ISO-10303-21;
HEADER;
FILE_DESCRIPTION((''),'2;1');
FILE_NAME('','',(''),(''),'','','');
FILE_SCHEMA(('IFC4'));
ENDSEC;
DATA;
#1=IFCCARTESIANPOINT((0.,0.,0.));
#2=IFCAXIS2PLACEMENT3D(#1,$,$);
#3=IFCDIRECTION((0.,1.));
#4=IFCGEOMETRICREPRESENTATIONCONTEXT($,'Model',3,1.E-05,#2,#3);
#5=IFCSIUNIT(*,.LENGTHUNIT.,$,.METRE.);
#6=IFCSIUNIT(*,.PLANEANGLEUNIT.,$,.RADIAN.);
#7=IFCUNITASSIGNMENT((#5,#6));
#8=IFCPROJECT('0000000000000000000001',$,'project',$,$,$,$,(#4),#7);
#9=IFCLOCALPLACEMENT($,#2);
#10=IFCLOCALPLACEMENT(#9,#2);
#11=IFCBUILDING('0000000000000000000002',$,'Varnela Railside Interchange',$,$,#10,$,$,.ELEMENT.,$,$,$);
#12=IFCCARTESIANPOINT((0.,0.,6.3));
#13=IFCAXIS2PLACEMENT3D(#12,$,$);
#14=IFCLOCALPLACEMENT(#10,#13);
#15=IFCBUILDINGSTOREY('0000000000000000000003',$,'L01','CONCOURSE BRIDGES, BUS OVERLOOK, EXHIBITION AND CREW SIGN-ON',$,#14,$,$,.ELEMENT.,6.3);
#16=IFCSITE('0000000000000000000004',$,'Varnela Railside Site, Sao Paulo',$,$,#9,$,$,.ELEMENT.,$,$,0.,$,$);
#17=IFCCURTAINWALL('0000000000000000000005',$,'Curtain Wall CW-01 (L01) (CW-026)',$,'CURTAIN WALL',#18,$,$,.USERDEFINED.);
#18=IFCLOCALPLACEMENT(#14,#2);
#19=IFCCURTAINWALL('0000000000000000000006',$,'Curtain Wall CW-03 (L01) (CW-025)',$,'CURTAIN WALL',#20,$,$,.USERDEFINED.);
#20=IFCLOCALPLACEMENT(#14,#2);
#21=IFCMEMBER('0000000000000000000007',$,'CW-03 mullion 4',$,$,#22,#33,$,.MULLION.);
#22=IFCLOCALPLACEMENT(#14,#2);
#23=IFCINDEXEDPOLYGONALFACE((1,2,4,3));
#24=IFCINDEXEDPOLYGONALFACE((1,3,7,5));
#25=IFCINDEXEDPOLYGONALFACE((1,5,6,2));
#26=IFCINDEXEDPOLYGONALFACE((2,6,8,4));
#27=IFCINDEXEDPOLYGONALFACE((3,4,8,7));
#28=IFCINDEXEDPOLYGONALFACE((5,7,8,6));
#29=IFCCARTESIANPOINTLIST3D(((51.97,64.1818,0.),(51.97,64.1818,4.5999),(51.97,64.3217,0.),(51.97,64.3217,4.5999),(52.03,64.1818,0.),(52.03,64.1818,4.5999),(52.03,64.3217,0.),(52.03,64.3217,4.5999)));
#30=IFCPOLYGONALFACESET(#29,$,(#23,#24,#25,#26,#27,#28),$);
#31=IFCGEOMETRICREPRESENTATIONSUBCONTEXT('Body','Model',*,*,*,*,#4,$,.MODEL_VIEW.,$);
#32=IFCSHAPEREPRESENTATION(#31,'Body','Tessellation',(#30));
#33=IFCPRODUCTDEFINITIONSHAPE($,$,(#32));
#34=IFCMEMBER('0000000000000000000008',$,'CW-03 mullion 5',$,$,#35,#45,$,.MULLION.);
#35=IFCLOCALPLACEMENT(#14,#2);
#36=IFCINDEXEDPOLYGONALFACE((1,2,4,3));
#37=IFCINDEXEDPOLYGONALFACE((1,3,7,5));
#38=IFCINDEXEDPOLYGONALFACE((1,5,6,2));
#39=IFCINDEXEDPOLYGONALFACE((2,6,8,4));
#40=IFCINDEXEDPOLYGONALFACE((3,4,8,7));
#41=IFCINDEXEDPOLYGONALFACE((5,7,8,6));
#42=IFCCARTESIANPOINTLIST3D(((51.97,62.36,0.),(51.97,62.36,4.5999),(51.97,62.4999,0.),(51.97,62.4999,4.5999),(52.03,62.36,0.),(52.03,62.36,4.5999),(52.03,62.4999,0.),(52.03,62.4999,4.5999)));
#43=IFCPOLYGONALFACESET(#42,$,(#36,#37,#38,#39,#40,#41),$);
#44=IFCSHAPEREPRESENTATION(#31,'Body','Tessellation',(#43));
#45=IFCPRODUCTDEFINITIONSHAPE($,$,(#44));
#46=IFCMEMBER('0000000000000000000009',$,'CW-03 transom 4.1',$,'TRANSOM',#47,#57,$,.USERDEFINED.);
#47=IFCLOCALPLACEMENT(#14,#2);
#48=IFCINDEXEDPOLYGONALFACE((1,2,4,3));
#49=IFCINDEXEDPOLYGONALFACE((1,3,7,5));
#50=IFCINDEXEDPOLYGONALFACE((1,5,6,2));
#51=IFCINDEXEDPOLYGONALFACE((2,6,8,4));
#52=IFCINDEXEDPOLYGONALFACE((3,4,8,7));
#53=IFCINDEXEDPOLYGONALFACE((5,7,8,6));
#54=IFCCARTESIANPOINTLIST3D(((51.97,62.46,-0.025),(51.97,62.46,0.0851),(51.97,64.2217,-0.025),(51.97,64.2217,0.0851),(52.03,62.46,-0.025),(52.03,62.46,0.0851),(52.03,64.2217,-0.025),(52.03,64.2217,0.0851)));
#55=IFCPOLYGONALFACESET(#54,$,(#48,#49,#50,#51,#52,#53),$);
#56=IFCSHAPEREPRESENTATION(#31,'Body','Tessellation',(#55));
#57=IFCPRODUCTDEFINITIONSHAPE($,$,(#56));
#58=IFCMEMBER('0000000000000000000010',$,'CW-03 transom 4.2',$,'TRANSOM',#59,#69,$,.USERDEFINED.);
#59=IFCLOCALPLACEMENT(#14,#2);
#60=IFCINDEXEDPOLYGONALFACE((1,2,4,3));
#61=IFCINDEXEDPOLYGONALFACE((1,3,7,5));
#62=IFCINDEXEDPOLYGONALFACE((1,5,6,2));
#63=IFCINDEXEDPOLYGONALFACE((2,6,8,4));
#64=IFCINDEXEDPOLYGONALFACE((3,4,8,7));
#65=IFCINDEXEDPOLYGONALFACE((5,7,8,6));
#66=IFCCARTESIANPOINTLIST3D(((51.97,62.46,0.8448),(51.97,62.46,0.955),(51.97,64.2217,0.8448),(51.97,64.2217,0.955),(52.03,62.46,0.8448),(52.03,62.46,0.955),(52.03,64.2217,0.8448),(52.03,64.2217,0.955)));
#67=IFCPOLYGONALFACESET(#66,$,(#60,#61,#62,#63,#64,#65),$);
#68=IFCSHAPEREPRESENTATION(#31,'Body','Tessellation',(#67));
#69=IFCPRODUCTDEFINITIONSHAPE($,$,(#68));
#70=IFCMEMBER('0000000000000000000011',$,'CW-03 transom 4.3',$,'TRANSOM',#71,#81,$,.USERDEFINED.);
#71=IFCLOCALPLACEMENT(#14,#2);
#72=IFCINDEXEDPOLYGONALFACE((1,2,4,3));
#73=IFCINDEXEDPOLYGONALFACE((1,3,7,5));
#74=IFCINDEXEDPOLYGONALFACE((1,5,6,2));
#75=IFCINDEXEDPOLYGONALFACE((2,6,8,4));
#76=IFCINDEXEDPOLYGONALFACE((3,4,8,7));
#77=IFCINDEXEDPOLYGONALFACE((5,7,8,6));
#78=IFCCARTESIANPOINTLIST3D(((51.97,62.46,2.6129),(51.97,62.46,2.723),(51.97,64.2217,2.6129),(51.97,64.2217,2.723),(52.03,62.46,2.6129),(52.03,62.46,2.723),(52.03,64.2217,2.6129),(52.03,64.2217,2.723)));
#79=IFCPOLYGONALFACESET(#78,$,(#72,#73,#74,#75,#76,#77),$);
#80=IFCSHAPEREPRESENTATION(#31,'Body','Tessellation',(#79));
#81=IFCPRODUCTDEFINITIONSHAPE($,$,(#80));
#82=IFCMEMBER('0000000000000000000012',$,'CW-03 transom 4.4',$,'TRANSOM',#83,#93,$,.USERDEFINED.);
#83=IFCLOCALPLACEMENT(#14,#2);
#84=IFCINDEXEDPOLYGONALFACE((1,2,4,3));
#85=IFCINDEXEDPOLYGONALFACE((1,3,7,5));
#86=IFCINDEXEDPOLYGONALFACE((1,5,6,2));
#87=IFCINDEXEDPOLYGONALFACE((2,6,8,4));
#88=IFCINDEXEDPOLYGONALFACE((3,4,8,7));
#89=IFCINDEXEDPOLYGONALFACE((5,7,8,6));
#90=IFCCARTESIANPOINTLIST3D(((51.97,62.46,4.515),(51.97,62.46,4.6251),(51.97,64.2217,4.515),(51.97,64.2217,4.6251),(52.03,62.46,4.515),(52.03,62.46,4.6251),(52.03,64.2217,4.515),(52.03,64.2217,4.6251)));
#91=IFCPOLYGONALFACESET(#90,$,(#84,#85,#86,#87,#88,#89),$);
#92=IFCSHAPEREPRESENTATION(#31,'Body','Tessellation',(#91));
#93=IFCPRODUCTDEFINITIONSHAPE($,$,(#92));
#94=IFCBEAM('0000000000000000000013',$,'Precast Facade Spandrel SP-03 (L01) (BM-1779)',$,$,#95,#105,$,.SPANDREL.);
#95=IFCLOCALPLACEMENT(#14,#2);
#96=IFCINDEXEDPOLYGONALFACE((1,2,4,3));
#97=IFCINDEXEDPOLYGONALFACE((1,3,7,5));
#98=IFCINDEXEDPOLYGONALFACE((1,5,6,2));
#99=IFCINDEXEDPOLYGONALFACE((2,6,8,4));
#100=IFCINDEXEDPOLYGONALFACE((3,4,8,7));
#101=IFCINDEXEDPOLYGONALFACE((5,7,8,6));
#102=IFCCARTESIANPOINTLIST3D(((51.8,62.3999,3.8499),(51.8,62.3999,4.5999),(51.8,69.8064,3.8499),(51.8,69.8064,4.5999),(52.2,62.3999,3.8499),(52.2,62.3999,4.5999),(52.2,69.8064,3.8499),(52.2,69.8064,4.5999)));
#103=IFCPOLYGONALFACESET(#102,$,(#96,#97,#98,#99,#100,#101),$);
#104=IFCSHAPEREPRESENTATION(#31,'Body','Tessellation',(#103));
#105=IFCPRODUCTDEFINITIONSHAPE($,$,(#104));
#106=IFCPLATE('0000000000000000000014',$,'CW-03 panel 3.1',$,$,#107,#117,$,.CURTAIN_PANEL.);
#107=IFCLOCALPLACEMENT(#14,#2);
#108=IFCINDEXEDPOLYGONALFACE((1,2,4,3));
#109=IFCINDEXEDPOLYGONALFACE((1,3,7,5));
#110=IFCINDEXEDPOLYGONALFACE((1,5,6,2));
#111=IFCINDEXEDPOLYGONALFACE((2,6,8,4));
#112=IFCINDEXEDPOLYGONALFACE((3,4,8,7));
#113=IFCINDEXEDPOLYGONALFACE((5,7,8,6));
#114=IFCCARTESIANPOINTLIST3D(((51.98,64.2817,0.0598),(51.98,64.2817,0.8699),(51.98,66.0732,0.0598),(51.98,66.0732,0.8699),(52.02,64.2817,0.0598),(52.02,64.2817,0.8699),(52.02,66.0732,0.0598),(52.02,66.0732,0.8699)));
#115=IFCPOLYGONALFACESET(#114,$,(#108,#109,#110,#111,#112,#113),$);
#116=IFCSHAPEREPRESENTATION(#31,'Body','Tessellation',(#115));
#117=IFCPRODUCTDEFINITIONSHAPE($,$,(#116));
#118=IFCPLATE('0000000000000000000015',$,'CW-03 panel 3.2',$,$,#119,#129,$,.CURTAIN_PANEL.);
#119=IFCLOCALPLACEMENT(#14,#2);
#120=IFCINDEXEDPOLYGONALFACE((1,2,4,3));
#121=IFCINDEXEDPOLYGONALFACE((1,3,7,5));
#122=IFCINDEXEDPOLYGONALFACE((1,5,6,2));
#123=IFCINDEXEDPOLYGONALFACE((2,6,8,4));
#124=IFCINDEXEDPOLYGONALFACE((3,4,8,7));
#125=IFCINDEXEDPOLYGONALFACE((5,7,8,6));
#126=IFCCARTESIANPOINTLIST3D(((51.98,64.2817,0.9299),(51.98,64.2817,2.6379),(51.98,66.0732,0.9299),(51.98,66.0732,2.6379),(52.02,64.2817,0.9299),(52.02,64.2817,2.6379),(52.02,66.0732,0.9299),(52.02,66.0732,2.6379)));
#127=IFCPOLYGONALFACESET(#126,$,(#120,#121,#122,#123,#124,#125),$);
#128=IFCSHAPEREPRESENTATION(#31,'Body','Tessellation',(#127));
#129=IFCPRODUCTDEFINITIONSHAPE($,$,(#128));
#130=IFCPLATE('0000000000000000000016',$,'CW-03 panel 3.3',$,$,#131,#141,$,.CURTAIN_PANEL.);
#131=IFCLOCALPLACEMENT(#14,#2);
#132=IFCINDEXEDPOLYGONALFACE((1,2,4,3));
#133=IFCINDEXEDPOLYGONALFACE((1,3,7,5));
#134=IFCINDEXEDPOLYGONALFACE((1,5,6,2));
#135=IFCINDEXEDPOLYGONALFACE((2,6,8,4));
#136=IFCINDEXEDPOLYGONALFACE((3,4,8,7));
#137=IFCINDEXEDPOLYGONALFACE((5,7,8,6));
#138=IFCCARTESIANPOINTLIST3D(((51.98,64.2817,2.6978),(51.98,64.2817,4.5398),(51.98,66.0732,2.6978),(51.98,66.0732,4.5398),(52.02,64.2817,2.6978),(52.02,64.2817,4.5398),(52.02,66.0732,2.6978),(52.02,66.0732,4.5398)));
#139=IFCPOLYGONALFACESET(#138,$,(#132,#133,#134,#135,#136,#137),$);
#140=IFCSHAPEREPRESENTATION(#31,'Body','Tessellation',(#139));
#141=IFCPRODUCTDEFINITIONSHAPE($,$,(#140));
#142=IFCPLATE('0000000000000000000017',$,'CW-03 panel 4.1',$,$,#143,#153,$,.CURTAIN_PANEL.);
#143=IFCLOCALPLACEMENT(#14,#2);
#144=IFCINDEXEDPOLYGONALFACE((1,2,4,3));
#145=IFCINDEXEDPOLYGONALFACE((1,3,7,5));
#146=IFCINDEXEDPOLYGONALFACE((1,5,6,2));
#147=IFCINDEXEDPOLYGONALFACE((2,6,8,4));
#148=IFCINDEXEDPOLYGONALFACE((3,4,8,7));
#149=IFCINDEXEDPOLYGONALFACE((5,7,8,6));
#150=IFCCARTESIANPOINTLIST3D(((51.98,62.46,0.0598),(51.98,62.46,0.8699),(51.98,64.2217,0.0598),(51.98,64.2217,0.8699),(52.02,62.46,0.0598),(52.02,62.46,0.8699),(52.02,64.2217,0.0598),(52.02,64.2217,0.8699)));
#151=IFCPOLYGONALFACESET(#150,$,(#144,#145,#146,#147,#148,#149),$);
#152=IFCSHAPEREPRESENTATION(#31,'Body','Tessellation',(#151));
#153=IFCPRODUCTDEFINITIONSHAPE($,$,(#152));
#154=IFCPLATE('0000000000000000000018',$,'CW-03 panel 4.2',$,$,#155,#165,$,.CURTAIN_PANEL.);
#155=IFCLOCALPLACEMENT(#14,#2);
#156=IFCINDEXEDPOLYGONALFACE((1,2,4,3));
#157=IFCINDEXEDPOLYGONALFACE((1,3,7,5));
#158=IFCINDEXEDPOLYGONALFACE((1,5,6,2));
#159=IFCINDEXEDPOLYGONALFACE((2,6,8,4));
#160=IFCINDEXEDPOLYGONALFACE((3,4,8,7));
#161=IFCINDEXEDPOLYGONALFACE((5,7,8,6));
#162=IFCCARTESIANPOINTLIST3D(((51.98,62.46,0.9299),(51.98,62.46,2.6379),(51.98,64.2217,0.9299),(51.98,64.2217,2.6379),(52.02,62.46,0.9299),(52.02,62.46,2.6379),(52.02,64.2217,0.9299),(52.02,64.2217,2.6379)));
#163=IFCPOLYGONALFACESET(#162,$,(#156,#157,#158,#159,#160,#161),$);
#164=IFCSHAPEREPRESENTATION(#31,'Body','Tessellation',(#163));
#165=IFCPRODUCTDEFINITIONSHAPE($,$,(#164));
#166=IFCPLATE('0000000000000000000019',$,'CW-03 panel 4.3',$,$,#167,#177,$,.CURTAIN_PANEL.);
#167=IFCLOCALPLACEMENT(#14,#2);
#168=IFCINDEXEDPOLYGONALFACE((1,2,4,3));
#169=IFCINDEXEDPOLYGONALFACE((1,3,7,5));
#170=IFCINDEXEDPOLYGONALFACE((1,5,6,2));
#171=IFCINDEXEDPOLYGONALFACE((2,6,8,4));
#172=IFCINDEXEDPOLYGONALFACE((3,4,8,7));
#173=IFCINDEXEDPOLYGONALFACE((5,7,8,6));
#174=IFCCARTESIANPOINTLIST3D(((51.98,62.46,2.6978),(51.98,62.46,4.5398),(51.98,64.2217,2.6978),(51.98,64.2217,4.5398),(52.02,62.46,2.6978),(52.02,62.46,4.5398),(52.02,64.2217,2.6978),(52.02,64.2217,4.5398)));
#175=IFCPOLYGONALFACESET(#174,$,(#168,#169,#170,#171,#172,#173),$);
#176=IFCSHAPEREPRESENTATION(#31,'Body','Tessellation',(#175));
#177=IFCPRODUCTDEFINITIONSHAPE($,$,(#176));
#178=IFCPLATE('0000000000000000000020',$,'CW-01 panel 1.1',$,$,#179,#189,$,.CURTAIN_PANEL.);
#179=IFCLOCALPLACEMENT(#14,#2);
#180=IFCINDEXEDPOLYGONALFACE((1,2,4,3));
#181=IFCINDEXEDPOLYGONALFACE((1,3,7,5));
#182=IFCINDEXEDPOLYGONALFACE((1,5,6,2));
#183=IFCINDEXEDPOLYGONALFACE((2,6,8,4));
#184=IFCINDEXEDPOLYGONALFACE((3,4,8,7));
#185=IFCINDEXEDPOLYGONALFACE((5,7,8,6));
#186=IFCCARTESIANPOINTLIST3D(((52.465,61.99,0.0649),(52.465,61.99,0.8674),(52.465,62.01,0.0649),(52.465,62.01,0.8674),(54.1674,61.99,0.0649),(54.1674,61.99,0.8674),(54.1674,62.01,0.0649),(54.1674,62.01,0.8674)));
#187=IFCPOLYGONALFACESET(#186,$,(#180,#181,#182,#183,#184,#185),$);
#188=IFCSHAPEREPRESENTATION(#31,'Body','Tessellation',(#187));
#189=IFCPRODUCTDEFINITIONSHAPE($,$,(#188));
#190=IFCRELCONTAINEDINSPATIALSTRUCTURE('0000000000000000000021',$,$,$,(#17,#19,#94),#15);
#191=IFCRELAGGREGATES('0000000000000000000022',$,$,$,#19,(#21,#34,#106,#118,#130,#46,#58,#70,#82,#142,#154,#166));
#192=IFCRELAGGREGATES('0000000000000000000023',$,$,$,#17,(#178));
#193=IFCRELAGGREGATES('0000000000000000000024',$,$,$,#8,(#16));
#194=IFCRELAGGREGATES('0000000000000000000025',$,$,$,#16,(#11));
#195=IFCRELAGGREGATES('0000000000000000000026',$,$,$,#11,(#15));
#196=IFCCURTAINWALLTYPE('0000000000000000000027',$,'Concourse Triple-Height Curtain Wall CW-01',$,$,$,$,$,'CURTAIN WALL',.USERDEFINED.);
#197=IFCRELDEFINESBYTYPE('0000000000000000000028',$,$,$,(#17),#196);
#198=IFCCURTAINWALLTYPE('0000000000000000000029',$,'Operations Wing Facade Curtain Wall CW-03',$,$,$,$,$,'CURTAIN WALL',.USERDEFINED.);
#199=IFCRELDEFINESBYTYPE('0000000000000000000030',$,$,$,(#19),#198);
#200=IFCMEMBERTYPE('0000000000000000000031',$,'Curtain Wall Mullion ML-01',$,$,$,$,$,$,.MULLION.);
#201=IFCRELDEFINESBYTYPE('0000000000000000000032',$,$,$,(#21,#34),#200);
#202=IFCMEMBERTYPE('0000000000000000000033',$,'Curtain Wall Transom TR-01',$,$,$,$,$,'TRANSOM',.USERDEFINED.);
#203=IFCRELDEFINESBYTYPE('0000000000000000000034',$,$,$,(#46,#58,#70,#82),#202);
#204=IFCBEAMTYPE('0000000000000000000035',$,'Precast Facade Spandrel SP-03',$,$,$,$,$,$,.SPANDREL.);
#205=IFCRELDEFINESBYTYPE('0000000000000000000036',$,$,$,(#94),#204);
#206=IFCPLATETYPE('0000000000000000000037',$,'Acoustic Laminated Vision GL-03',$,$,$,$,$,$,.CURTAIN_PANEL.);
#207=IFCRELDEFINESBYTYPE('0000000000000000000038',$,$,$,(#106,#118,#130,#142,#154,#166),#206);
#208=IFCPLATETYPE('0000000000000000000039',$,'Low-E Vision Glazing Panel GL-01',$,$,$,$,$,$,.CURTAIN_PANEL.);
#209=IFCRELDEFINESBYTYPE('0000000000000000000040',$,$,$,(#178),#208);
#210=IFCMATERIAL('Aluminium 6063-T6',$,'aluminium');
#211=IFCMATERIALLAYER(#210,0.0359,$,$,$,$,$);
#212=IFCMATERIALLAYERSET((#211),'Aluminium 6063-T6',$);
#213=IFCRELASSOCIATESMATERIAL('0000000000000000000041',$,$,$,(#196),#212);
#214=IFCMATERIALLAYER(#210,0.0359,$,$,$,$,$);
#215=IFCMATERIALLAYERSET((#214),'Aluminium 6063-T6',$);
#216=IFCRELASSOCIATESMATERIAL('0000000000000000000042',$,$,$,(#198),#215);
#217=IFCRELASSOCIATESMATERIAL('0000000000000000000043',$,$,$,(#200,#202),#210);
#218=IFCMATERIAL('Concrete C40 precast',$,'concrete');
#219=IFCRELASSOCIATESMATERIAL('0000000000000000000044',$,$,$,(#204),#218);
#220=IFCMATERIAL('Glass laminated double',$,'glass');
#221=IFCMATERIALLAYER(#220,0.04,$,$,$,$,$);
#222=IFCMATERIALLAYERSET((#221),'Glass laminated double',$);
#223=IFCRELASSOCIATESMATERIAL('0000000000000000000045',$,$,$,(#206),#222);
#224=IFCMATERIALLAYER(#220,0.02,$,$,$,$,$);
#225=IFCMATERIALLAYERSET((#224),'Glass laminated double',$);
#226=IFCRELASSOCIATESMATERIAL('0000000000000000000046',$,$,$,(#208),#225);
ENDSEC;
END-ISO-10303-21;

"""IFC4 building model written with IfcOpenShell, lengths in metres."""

from ifc_helpers import new_model, si_unit, direction, frame, origin, origin_2d, place, context, subcontext, project, spatial, rectangle, extrude, material, layer, layer_set, material_profile, profile_set, type_object, element, aggregate, save


model = new_model("IFC4")

# Units and contexts
model_context = context("Model", 3, precision=1e-05, world=origin(), true_north=direction((0.0, 1.0)))
body_context = subcontext(model_context, "Body", "Model", "MODEL_VIEW")
ifc_project = project(units=[si_unit("LENGTHUNIT", "METRE"), si_unit("PLANEANGLEUNIT", "RADIAN")], contexts=[model_context])

# Site, building, storey
site_placement = place(None, origin())
site = spatial("IfcSite", under=ifc_project, at=site_placement, Name="Varnela Railside Site, Sao Paulo", CompositionType="ELEMENT", RefElevation=0.0)
building_placement = place(site_placement, origin())
building = spatial("IfcBuilding", under=site, at=building_placement, Name="Varnela Railside Interchange", CompositionType="ELEMENT")
storey_placement = place(building_placement, frame((0.0, 0.0, 6.3)))
storey = spatial("IfcBuildingStorey", under=building, at=storey_placement, Name="L01", Description="CONCOURSE BRIDGES, BUS OVERLOOK, EXHIBITION AND CREW SIGN-ON", CompositionType="ELEMENT", Elevation=6.3)

# Curtain walls, members
ifc_material_1 = material(Name="Aluminium 6063-T6", Category="aluminium")
ifc_layer_1 = layer(ifc_material_1, 0.0359)
ifc_layer_set_1 = layer_set([ifc_layer_1], Name="Aluminium 6063-T6")
curtain_wall_type_1 = type_object("IfcCurtainWallType", Name="Concourse Triple-Height Curtain Wall CW-01", ElementType="CURTAIN WALL", PredefinedType="USERDEFINED", material=ifc_layer_set_1)
curtain_wall_1_placement = place(storey_placement, origin())
curtain_wall_1 = element("IfcCurtainWall", 1, at=curtain_wall_1_placement, inside=storey, type_object=curtain_wall_type_1, Name="Curtain Wall CW-01 (L01) (CW-026)", ObjectType="CURTAIN WALL", PredefinedType="USERDEFINED")
ifc_layer_2 = layer(ifc_material_1, 0.0359)
ifc_layer_set_2 = layer_set([ifc_layer_2], Name="Aluminium 6063-T6")
curtain_wall_type_2 = type_object("IfcCurtainWallType", Name="Operations Wing Facade Curtain Wall CW-03", ElementType="CURTAIN WALL", PredefinedType="USERDEFINED", material=ifc_layer_set_2)
curtain_wall_2_placement = place(storey_placement, origin())
curtain_wall_2 = element("IfcCurtainWall", 2, at=curtain_wall_2_placement, inside=storey, type_object=curtain_wall_type_2, Name="Curtain Wall CW-03 (L01) (CW-025)", ObjectType="CURTAIN WALL", PredefinedType="USERDEFINED")
ifc_material_profile_1 = material_profile(ifc_material_1, rectangle(XDim=0.0601, YDim=0.1399, at=origin_2d()), Name="ALU 60x140")
ifc_profile_set_1 = profile_set([ifc_material_profile_1], Name="Aluminium 6063-T6")
member_type_1 = type_object("IfcMemberType", Name="Curtain Wall Mullion ML-01", PredefinedType="MULLION", material=ifc_profile_set_1)
member_1_placement = place(storey_placement, frame((52.0, 64.2517, 0.0), z_axis=(0.0, 0.0, 1.0), x_axis=(1.0, 0.0, 0.0)))
member_1 = element("IfcMember", 3, at=member_1_placement, type_object=member_type_1, Name="CW-03 mullion 4", PredefinedType="MULLION", context=body_context, shape_type="SweptSolid", body=[
    extrude(rectangle(XDim=0.0601, YDim=0.1399, at=origin_2d()), origin(), (0.0, 0.0, 1.0), 4.5999),
])
member_2_placement = place(storey_placement, frame((52.0, 62.4299, 0.0), z_axis=(0.0, 0.0, 1.0), x_axis=(1.0, 0.0, 0.0)))
member_2 = element("IfcMember", 4, at=member_2_placement, type_object=member_type_1, Name="CW-03 mullion 5", PredefinedType="MULLION", context=body_context, shape_type="SweptSolid", body=[
    extrude(rectangle(XDim=0.0601, YDim=0.1399, at=origin_2d()), origin(), (0.0, 0.0, 1.0), 4.5999),
])
ifc_material_profile_2 = material_profile(ifc_material_1, rectangle(XDim=0.0601, YDim=0.1101, at=origin_2d()), Name="ALU 60x110")
ifc_profile_set_2 = profile_set([ifc_material_profile_2], Name="Aluminium 6063-T6")
member_type_2 = type_object("IfcMemberType", Name="Curtain Wall Transom TR-01", ElementType="TRANSOM", PredefinedType="USERDEFINED", material=ifc_profile_set_2)
member_3_placement = place(storey_placement, frame((52.0, 64.2217, 0.03), z_axis=(0.0, -1.0, 0.0), x_axis=(1.0, 0.0, 0.0)))
member_3 = element("IfcMember", 5, at=member_3_placement, type_object=member_type_2, Name="CW-03 transom 4.1", ObjectType="TRANSOM", PredefinedType="USERDEFINED", context=body_context, shape_type="SweptSolid", body=[
    extrude(rectangle(XDim=0.0601, YDim=0.1101, at=origin_2d()), origin(), (0.0, 0.0, 1.0), 1.7617),
])
member_4_placement = place(storey_placement, frame((52.0, 64.2217, 0.8999), z_axis=(0.0, -1.0, 0.0), x_axis=(1.0, 0.0, 0.0)))
member_4 = element("IfcMember", 6, at=member_4_placement, type_object=member_type_2, Name="CW-03 transom 4.2", ObjectType="TRANSOM", PredefinedType="USERDEFINED", context=body_context, shape_type="SweptSolid", body=[
    extrude(rectangle(XDim=0.0601, YDim=0.1101, at=origin_2d()), origin(), (0.0, 0.0, 1.0), 1.7617),
])
member_5_placement = place(storey_placement, frame((52.0, 64.2217, 2.668), z_axis=(0.0, -1.0, 0.0), x_axis=(1.0, 0.0, 0.0)))
member_5 = element("IfcMember", 7, at=member_5_placement, type_object=member_type_2, Name="CW-03 transom 4.3", ObjectType="TRANSOM", PredefinedType="USERDEFINED", context=body_context, shape_type="SweptSolid", body=[
    extrude(rectangle(XDim=0.0601, YDim=0.1101, at=origin_2d()), origin(), (0.0, 0.0, 1.0), 1.7617),
])
member_6_placement = place(storey_placement, frame((52.0, 64.2217, 4.5701), z_axis=(0.0, -1.0, 0.0), x_axis=(1.0, 0.0, 0.0)))
member_6 = element("IfcMember", 8, at=member_6_placement, type_object=member_type_2, Name="CW-03 transom 4.4", ObjectType="TRANSOM", PredefinedType="USERDEFINED", context=body_context, shape_type="SweptSolid", body=[
    extrude(rectangle(XDim=0.0601, YDim=0.1101, at=origin_2d()), origin(), (0.0, 0.0, 1.0), 1.7617),
])

# Beam
ifc_material_2 = material(Name="Concrete C40 precast", Category="concrete")
ifc_material_profile_3 = material_profile(ifc_material_2, rectangle(XDim=0.3999, YDim=0.75, at=origin_2d()), Name="PC 400x750")
ifc_profile_set_3 = profile_set([ifc_material_profile_3], Name="Concrete C40 precast")
beam_type_1 = type_object("IfcBeamType", Name="Precast Facade Spandrel SP-03", PredefinedType="SPANDREL", material=ifc_profile_set_3)
beam_1_placement = place(storey_placement, frame((52.0, 62.3999, 4.2249), z_axis=(0.0, 1.0, 0.0), x_axis=(-1.0, 0.0, 0.0)))
element("IfcBeam", 9, at=beam_1_placement, inside=storey, type_object=beam_type_1, Name="Precast Facade Spandrel SP-03 (L01) (BM-1779)", PredefinedType="SPANDREL", context=body_context, shape_type="SweptSolid", body=[
    extrude(rectangle(XDim=0.3999, YDim=0.75, at=origin_2d()), origin(), (0.0, 0.0, 1.0), 7.4065),
])

# Plates
ifc_material_3 = material(Name="Glass laminated double", Category="glass")
ifc_layer_3 = layer(ifc_material_3, 0.04)
ifc_layer_set_3 = layer_set([ifc_layer_3], Name="Glass laminated double")
plate_type_1 = type_object("IfcPlateType", Name="Acoustic Laminated Vision GL-03", PredefinedType="CURTAIN_PANEL", material=ifc_layer_set_3)
plate_1_placement = place(storey_placement, frame((52.0, 65.1775, 0.0598), z_axis=(0.0, 0.0, 1.0), x_axis=(0.0, -1.0, 0.0)))
plate_1 = element("IfcPlate", 10, at=plate_1_placement, type_object=plate_type_1, Name="CW-03 panel 3.1", PredefinedType="CURTAIN_PANEL", context=body_context, shape_type="SweptSolid", body=[
    extrude(rectangle(XDim=1.7915, YDim=0.04, at=origin_2d()), origin(), (0.0, 0.0, 1.0), 0.8101),
])
plate_2_placement = place(storey_placement, frame((52.0, 65.1775, 0.9299), z_axis=(0.0, 0.0, 1.0), x_axis=(0.0, -1.0, 0.0)))
plate_2 = element("IfcPlate", 11, at=plate_2_placement, type_object=plate_type_1, Name="CW-03 panel 3.2", PredefinedType="CURTAIN_PANEL", context=body_context, shape_type="SweptSolid", body=[
    extrude(rectangle(XDim=1.7915, YDim=0.04, at=origin_2d()), origin(), (0.0, 0.0, 1.0), 1.708),
])
plate_3_placement = place(storey_placement, frame((52.0, 65.1775, 2.6978), z_axis=(0.0, 0.0, 1.0), x_axis=(0.0, -1.0, 0.0)))
plate_3 = element("IfcPlate", 12, at=plate_3_placement, type_object=plate_type_1, Name="CW-03 panel 3.3", PredefinedType="CURTAIN_PANEL", context=body_context, shape_type="SweptSolid", body=[
    extrude(rectangle(XDim=1.7915, YDim=0.04, at=origin_2d()), origin(), (0.0, 0.0, 1.0), 1.842),
])
plate_4_placement = place(storey_placement, frame((52.0, 63.3408, 0.0598), z_axis=(0.0, 0.0, 1.0), x_axis=(0.0, -1.0, 0.0)))
plate_4 = element("IfcPlate", 13, at=plate_4_placement, type_object=plate_type_1, Name="CW-03 panel 4.1", PredefinedType="CURTAIN_PANEL", context=body_context, shape_type="SweptSolid", body=[
    extrude(rectangle(XDim=1.7617, YDim=0.04, at=origin_2d()), origin(), (0.0, 0.0, 1.0), 0.8101),
])
plate_5_placement = place(storey_placement, frame((52.0, 63.3408, 0.9299), z_axis=(0.0, 0.0, 1.0), x_axis=(0.0, -1.0, 0.0)))
plate_5 = element("IfcPlate", 14, at=plate_5_placement, type_object=plate_type_1, Name="CW-03 panel 4.2", PredefinedType="CURTAIN_PANEL", context=body_context, shape_type="SweptSolid", body=[
    extrude(rectangle(XDim=1.7617, YDim=0.04, at=origin_2d()), origin(), (0.0, 0.0, 1.0), 1.708),
])
plate_6_placement = place(storey_placement, frame((52.0, 63.3408, 2.6978), z_axis=(0.0, 0.0, 1.0), x_axis=(0.0, -1.0, 0.0)))
plate_6 = element("IfcPlate", 15, at=plate_6_placement, type_object=plate_type_1, Name="CW-03 panel 4.3", PredefinedType="CURTAIN_PANEL", context=body_context, shape_type="SweptSolid", body=[
    extrude(rectangle(XDim=1.7617, YDim=0.04, at=origin_2d()), origin(), (0.0, 0.0, 1.0), 1.842),
])
aggregate(curtain_wall_2, [member_1, member_2, plate_1, plate_2, plate_3, member_3, member_4, member_5, member_6, plate_4, plate_5, plate_6])
ifc_layer_4 = layer(ifc_material_3, 0.02)
ifc_layer_set_4 = layer_set([ifc_layer_4], Name="Glass laminated double")
plate_type_2 = type_object("IfcPlateType", Name="Low-E Vision Glazing Panel GL-01", PredefinedType="CURTAIN_PANEL", material=ifc_layer_set_4)
plate_7_placement = place(storey_placement, frame((53.3162, 62.0, 0.0649), z_axis=(0.0, 0.0, 1.0), x_axis=(1.0, 0.0, 0.0)))
plate_7 = element("IfcPlate", 16, at=plate_7_placement, type_object=plate_type_2, Name="CW-01 panel 1.1", PredefinedType="CURTAIN_PANEL", context=body_context, shape_type="SweptSolid", body=[
    extrude(rectangle(XDim=1.7024, YDim=0.02, at=origin_2d()), origin(), (0.0, 0.0, 1.0), 0.8025),
])
aggregate(curtain_wall_1, [plate_7])

save(model, "model.ifc")
